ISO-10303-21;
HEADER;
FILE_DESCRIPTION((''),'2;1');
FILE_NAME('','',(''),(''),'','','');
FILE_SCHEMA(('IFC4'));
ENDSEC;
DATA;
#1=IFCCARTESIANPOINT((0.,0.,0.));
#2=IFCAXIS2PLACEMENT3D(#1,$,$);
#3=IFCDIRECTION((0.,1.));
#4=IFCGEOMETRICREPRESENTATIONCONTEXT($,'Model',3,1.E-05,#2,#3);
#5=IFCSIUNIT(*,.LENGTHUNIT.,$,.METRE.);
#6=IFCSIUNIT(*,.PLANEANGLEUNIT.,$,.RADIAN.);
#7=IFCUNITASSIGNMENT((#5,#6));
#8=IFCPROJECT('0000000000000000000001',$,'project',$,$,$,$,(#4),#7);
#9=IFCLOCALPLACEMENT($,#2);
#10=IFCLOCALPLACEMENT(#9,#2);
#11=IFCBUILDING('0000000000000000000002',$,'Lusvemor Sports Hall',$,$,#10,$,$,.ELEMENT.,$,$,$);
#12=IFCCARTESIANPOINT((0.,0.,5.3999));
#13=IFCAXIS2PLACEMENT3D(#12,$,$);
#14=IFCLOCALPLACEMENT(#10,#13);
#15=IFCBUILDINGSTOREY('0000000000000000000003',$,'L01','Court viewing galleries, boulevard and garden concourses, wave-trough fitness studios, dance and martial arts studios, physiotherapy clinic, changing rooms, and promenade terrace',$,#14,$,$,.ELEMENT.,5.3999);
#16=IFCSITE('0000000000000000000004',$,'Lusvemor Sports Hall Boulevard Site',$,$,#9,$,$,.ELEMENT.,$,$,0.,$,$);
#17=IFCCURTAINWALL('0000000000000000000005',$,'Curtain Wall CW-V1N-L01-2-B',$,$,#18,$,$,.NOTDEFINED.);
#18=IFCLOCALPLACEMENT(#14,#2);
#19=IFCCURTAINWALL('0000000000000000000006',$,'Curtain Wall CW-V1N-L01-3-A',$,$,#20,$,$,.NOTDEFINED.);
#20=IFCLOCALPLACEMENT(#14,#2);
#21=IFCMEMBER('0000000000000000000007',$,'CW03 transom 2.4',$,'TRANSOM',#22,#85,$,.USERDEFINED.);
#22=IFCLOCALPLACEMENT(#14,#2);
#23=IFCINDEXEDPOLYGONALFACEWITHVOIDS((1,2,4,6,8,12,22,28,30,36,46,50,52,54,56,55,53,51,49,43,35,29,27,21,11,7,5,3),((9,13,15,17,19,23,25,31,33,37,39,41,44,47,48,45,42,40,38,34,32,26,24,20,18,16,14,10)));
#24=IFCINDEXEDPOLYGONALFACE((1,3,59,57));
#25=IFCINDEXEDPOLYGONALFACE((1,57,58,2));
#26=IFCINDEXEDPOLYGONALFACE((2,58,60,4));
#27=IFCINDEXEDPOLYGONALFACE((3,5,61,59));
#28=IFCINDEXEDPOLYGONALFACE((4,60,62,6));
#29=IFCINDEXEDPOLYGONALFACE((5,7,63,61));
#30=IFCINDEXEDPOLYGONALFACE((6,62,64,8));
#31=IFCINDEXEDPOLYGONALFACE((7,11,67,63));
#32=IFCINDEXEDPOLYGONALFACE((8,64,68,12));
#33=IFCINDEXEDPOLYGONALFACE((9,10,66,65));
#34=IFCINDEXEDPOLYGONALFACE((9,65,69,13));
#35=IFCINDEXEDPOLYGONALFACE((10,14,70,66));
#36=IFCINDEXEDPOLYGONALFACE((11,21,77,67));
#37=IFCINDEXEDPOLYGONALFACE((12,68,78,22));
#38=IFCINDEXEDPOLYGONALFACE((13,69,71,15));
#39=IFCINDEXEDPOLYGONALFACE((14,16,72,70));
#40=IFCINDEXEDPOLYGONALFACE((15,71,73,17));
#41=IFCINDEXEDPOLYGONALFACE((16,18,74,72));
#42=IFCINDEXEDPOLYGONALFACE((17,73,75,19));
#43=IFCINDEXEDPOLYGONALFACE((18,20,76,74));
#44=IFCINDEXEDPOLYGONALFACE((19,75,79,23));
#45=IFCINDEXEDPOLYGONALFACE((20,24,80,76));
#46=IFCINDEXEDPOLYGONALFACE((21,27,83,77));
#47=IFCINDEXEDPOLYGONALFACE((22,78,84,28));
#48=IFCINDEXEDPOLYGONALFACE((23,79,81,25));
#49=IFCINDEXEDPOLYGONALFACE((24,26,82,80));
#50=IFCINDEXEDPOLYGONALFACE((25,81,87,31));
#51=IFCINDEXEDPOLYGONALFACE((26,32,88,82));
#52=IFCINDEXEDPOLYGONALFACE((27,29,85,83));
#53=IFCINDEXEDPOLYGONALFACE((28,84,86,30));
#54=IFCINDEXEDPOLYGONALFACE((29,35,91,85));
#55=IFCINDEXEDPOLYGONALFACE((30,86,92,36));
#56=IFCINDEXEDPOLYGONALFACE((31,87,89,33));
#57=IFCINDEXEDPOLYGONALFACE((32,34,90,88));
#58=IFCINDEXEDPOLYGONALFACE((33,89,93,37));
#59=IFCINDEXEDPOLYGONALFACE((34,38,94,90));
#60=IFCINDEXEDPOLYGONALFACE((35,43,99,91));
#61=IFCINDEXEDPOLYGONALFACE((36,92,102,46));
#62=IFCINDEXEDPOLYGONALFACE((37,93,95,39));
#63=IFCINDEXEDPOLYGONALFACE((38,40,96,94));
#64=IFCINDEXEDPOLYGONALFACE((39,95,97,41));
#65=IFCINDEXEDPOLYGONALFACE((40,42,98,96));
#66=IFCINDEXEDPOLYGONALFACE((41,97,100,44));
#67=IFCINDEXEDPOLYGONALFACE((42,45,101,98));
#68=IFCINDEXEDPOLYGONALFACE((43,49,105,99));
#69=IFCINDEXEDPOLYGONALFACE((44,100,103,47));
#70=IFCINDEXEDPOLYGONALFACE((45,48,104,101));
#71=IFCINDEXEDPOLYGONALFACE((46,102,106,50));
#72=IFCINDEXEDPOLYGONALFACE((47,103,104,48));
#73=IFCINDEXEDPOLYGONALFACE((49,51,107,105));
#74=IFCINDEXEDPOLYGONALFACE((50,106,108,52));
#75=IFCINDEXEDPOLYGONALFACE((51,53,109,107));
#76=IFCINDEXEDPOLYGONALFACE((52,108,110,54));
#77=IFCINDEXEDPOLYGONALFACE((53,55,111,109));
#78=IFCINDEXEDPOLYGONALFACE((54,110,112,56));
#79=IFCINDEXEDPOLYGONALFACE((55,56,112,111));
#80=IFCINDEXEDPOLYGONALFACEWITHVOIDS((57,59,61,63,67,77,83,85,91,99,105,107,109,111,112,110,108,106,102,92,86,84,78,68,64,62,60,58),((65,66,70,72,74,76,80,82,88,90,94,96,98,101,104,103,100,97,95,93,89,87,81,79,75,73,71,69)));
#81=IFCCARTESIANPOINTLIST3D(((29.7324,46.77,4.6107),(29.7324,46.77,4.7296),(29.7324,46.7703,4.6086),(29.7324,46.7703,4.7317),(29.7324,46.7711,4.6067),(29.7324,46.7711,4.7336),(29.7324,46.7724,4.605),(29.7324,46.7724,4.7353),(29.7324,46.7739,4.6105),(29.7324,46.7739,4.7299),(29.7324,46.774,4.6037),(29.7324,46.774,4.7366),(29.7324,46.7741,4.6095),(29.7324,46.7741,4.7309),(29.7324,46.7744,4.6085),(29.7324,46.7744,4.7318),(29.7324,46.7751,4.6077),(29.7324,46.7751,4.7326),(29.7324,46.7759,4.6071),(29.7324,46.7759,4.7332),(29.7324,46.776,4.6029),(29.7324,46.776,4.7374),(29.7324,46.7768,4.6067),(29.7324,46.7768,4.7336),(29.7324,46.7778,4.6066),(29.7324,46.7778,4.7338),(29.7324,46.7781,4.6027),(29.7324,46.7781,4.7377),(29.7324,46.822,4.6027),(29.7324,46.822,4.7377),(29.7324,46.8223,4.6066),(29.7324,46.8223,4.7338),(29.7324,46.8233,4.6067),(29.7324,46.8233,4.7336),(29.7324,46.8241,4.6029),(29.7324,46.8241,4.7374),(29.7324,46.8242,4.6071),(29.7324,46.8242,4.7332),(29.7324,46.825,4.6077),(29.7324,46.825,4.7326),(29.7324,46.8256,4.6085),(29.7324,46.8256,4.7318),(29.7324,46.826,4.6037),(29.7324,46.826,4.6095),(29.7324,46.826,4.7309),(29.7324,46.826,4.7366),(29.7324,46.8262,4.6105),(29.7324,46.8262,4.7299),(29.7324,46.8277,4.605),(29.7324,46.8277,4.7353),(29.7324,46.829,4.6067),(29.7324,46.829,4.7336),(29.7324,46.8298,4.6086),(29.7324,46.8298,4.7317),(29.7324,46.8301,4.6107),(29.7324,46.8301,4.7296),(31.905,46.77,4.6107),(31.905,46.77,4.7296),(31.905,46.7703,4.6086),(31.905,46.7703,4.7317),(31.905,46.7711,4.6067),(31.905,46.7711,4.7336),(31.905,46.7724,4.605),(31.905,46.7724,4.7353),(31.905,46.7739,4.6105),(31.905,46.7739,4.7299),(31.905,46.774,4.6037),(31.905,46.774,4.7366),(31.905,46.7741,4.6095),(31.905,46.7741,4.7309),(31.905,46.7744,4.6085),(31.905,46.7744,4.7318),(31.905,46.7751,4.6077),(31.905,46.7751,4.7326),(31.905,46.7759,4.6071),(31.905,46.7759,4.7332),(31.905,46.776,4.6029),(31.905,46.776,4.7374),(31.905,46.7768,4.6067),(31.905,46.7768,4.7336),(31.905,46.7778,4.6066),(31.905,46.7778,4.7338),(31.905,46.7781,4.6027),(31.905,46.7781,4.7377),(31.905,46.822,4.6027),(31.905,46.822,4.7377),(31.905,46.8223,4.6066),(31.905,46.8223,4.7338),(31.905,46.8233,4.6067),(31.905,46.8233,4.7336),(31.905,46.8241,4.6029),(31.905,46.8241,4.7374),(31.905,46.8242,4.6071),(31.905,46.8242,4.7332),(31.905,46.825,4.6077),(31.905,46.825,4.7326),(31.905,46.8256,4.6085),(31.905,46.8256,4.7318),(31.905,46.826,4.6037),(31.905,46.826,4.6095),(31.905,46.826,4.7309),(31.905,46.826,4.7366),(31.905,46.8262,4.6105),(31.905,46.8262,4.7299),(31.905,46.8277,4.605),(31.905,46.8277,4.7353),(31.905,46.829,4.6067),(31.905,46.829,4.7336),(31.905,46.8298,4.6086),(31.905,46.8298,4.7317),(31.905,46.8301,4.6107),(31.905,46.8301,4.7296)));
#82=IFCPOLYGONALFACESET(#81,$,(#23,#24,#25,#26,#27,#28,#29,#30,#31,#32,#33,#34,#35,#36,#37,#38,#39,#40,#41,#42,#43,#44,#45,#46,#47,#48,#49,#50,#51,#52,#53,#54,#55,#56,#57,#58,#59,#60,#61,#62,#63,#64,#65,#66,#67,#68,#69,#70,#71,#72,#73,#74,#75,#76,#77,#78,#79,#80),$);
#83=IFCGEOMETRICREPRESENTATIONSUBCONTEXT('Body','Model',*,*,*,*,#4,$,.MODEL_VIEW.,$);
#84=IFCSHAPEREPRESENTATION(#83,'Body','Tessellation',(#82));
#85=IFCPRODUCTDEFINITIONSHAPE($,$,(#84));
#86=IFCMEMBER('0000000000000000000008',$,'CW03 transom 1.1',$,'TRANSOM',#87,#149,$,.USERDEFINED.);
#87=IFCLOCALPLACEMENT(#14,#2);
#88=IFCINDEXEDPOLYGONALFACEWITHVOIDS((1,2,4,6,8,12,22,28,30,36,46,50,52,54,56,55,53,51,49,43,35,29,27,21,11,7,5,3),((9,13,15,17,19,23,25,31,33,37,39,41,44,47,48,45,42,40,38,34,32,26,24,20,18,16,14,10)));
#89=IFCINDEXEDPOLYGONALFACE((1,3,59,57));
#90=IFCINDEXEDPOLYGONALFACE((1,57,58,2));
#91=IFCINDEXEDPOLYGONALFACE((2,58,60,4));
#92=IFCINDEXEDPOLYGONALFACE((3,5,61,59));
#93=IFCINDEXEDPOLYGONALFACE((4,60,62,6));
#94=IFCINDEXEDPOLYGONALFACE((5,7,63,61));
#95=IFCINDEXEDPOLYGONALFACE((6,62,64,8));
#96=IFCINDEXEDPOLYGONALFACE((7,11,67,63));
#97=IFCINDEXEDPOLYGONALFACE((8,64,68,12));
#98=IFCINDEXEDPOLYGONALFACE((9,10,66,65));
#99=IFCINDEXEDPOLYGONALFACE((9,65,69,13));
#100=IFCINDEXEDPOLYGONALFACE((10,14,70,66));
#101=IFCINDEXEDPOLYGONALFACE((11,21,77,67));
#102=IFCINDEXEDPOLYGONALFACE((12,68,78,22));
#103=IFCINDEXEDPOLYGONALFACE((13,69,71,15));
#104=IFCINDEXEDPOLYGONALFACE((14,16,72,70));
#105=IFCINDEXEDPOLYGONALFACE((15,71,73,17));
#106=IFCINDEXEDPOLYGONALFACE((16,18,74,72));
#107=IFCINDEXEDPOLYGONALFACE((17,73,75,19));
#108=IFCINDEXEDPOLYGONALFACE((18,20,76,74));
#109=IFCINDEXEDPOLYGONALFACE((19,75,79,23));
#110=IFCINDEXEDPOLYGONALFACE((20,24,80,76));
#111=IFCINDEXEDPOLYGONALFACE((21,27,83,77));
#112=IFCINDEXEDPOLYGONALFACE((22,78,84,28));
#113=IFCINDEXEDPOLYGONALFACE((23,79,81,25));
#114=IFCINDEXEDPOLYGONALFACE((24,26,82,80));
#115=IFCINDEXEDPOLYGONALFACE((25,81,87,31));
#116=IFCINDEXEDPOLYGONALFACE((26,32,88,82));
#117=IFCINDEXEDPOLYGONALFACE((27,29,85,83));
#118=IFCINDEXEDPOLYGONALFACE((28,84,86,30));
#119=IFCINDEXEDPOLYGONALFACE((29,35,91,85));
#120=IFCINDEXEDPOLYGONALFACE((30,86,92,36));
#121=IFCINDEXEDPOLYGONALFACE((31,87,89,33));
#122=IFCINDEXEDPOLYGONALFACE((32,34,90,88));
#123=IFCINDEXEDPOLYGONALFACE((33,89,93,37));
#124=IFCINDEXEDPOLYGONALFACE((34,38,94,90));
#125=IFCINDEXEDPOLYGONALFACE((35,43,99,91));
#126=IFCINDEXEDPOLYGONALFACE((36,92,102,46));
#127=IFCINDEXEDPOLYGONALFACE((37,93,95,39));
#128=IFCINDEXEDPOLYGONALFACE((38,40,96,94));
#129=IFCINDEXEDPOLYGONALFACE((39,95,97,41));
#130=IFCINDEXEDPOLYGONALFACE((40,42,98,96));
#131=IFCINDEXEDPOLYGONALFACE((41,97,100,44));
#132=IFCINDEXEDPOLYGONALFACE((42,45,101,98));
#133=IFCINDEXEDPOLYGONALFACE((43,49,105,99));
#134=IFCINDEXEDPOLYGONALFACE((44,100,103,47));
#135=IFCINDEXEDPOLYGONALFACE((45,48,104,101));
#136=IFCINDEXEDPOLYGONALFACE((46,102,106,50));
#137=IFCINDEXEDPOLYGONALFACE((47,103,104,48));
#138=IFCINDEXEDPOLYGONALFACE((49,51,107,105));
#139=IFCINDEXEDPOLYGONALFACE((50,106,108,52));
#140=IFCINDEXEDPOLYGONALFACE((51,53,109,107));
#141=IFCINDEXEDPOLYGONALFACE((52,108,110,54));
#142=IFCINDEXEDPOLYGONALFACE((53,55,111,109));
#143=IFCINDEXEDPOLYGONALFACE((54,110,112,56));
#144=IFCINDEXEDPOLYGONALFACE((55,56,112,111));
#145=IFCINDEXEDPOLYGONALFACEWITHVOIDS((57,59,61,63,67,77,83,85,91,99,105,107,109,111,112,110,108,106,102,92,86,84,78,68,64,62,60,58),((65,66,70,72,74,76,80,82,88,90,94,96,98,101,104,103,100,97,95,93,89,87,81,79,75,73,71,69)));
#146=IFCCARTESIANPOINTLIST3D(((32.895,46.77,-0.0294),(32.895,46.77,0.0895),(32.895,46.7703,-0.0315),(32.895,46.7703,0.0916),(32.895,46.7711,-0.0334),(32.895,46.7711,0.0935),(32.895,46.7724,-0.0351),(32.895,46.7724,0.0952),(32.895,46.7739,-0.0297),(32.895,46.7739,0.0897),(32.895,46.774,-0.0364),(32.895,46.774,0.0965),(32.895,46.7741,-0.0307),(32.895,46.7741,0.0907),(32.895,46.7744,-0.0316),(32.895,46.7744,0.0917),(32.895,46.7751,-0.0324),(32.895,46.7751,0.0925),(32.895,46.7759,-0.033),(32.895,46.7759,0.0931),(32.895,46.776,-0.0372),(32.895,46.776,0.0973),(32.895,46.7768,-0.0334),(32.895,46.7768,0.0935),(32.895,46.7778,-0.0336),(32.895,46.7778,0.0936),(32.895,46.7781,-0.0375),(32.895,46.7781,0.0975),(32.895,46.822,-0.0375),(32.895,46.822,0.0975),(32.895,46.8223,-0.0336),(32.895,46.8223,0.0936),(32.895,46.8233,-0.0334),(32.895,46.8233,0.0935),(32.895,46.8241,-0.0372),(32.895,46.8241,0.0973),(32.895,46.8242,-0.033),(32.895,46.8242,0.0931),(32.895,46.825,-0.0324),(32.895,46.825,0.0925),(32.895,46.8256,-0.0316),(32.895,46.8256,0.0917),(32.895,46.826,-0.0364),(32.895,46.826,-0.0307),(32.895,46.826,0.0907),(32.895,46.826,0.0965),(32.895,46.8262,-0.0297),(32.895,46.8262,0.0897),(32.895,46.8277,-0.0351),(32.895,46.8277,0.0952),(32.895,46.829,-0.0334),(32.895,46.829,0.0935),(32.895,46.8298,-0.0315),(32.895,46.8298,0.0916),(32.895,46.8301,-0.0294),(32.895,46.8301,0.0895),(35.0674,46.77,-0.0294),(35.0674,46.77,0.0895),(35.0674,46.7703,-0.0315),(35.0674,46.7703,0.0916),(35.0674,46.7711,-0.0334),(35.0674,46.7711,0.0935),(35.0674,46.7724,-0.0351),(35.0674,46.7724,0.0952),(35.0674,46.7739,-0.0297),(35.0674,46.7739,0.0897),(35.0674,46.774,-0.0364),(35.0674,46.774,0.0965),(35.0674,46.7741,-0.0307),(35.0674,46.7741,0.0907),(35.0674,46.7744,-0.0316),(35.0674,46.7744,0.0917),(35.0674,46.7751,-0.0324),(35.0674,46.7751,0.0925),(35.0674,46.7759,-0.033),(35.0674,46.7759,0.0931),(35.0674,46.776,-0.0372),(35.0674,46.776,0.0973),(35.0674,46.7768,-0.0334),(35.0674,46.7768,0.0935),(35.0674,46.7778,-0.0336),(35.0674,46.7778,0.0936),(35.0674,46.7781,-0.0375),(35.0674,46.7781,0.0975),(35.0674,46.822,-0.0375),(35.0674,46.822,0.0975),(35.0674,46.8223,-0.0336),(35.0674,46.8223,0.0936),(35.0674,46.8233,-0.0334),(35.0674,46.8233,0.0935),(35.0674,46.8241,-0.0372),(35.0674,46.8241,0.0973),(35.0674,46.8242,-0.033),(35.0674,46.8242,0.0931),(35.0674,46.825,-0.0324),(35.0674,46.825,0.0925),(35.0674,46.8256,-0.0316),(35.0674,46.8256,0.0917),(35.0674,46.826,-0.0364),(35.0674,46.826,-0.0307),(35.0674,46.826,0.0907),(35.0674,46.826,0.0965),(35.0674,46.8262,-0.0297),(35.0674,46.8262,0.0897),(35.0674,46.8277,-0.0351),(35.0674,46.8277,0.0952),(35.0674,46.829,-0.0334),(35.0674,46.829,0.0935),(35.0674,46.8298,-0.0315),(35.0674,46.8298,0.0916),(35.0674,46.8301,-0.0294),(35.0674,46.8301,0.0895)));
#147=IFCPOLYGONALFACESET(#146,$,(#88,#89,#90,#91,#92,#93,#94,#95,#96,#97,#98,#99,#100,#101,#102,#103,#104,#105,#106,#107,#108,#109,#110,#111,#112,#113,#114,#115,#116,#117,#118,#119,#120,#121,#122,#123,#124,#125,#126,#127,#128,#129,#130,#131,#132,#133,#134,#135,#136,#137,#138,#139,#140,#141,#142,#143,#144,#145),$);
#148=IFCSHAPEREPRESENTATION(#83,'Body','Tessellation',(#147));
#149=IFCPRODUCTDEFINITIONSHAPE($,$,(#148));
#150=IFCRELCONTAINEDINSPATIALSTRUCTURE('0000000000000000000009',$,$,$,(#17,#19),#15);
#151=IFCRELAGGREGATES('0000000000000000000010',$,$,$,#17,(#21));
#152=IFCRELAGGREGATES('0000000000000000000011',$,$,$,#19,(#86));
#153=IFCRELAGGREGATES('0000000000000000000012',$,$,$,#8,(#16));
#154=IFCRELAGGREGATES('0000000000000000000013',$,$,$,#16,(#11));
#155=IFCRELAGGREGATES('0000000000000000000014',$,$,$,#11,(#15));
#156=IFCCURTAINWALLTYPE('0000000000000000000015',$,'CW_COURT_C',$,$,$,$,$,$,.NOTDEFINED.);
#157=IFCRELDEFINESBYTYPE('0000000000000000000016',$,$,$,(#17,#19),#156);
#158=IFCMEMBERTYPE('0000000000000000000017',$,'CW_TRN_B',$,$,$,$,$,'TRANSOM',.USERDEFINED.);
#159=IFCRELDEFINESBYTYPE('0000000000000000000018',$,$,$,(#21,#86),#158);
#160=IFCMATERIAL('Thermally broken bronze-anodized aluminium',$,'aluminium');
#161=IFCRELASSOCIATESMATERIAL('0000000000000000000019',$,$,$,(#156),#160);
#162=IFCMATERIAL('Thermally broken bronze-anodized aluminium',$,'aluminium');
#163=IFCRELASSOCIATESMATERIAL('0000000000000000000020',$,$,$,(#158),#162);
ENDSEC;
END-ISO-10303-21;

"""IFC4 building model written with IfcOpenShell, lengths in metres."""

from ifc_helpers import new_model, si_unit, direction, frame, origin, origin_2d, place, context, subcontext, project, spatial, hollow_rectangle, extrude, material, material_profile, profile_set, type_object, element, aggregate, save


model = new_model("IFC4")

# Units and contexts
model_context = context("Model", 3, precision=1e-05, world=origin(), true_north=direction((0.0, 1.0)))
body_context = subcontext(model_context, "Body", "Model", "MODEL_VIEW")
ifc_project = project(units=[si_unit("LENGTHUNIT", "METRE"), si_unit("PLANEANGLEUNIT", "RADIAN")], contexts=[model_context])

# Site, building, storey
site_placement = place(None, origin())
site = spatial("IfcSite", under=ifc_project, at=site_placement, Name="Lusvemor Sports Hall Boulevard Site", CompositionType="ELEMENT", RefElevation=0.0)
building_placement = place(site_placement, origin())
building = spatial("IfcBuilding", under=site, at=building_placement, Name="Lusvemor Sports Hall", CompositionType="ELEMENT")
storey_placement = place(building_placement, frame((0.0, 0.0, 5.3999)))
storey = spatial("IfcBuildingStorey", under=building, at=storey_placement, Name="L01", Description="Court viewing galleries, boulevard and garden concourses, wave-trough fitness studios, dance and martial arts studios, physiotherapy clinic, changing rooms, and promenade terrace", CompositionType="ELEMENT", Elevation=5.3999)

# Curtain wall
ifc_material_1 = material(Name="Thermally broken bronze-anodized aluminium", Category="aluminium")
curtain_wall_type = type_object("IfcCurtainWallType", Name="CW_COURT_C", PredefinedType="NOTDEFINED", material=ifc_material_1)
curtain_wall_1_placement = place(storey_placement, origin())
curtain_wall_1 = element("IfcCurtainWall", 1, at=curtain_wall_1_placement, inside=storey, type_object=curtain_wall_type, Name="Curtain Wall CW-V1N-L01-2-B", PredefinedType="NOTDEFINED")

# Curtain wall
curtain_wall_2_placement = place(storey_placement, origin())
curtain_wall_2 = element("IfcCurtainWall", 2, at=curtain_wall_2_placement, inside=storey, type_object=curtain_wall_type, Name="Curtain Wall CW-V1N-L01-3-A", PredefinedType="NOTDEFINED")

# Members
ifc_material_2 = material(Name="Thermally broken bronze-anodized aluminium", Category="aluminium")
ifc_material_profile_1 = material_profile(ifc_material_2, hollow_rectangle(XDim=0.0601, YDim=0.135, WallThickness=0.0039, InnerFilletRadius=0.0039, OuterFilletRadius=0.0081, at=origin_2d()), Name="CWTRN135x60x4")
ifc_profile_set_1 = profile_set([ifc_material_profile_1], Name="Thermally broken bronze-anodized aluminium")
member_type_1 = type_object("IfcMemberType", Name="CW_TRN_B", ElementType="TRANSOM", PredefinedType="USERDEFINED", material=ifc_profile_set_1)
member_1_placement = place(storey_placement, frame((29.7324, 46.8, 4.6702), z_axis=(1.0, 0.0, 0.0), x_axis=(0.0, 1.0, 0.0)))
member_1 = element("IfcMember", 3, at=member_1_placement, type_object=member_type_1, Name="CW03 transom 2.4", ObjectType="TRANSOM", PredefinedType="USERDEFINED", context=body_context, shape_type="SweptSolid", body=[
    extrude(hollow_rectangle(XDim=0.0601, YDim=0.135, WallThickness=0.0039, InnerFilletRadius=0.0039, OuterFilletRadius=0.0081, at=origin_2d()), origin(), (0.0, 0.0, 1.0), 2.1726),
])
member_2_placement = place(storey_placement, frame((32.895, 46.8, 0.03), z_axis=(1.0, 0.0, 0.0), x_axis=(0.0, 1.0, 0.0)))
member_2 = element("IfcMember", 4, at=member_2_placement, type_object=member_type_1, Name="CW03 transom 1.1", ObjectType="TRANSOM", PredefinedType="USERDEFINED", context=body_context, shape_type="SweptSolid", body=[
    extrude(hollow_rectangle(XDim=0.0601, YDim=0.135, WallThickness=0.0039, InnerFilletRadius=0.0039, OuterFilletRadius=0.0081, at=origin_2d()), origin(), (0.0, 0.0, 1.0), 2.1724),
])

aggregate(curtain_wall_1, [member_1])
aggregate(curtain_wall_2, [member_2])

save(model, "model.ifc")
